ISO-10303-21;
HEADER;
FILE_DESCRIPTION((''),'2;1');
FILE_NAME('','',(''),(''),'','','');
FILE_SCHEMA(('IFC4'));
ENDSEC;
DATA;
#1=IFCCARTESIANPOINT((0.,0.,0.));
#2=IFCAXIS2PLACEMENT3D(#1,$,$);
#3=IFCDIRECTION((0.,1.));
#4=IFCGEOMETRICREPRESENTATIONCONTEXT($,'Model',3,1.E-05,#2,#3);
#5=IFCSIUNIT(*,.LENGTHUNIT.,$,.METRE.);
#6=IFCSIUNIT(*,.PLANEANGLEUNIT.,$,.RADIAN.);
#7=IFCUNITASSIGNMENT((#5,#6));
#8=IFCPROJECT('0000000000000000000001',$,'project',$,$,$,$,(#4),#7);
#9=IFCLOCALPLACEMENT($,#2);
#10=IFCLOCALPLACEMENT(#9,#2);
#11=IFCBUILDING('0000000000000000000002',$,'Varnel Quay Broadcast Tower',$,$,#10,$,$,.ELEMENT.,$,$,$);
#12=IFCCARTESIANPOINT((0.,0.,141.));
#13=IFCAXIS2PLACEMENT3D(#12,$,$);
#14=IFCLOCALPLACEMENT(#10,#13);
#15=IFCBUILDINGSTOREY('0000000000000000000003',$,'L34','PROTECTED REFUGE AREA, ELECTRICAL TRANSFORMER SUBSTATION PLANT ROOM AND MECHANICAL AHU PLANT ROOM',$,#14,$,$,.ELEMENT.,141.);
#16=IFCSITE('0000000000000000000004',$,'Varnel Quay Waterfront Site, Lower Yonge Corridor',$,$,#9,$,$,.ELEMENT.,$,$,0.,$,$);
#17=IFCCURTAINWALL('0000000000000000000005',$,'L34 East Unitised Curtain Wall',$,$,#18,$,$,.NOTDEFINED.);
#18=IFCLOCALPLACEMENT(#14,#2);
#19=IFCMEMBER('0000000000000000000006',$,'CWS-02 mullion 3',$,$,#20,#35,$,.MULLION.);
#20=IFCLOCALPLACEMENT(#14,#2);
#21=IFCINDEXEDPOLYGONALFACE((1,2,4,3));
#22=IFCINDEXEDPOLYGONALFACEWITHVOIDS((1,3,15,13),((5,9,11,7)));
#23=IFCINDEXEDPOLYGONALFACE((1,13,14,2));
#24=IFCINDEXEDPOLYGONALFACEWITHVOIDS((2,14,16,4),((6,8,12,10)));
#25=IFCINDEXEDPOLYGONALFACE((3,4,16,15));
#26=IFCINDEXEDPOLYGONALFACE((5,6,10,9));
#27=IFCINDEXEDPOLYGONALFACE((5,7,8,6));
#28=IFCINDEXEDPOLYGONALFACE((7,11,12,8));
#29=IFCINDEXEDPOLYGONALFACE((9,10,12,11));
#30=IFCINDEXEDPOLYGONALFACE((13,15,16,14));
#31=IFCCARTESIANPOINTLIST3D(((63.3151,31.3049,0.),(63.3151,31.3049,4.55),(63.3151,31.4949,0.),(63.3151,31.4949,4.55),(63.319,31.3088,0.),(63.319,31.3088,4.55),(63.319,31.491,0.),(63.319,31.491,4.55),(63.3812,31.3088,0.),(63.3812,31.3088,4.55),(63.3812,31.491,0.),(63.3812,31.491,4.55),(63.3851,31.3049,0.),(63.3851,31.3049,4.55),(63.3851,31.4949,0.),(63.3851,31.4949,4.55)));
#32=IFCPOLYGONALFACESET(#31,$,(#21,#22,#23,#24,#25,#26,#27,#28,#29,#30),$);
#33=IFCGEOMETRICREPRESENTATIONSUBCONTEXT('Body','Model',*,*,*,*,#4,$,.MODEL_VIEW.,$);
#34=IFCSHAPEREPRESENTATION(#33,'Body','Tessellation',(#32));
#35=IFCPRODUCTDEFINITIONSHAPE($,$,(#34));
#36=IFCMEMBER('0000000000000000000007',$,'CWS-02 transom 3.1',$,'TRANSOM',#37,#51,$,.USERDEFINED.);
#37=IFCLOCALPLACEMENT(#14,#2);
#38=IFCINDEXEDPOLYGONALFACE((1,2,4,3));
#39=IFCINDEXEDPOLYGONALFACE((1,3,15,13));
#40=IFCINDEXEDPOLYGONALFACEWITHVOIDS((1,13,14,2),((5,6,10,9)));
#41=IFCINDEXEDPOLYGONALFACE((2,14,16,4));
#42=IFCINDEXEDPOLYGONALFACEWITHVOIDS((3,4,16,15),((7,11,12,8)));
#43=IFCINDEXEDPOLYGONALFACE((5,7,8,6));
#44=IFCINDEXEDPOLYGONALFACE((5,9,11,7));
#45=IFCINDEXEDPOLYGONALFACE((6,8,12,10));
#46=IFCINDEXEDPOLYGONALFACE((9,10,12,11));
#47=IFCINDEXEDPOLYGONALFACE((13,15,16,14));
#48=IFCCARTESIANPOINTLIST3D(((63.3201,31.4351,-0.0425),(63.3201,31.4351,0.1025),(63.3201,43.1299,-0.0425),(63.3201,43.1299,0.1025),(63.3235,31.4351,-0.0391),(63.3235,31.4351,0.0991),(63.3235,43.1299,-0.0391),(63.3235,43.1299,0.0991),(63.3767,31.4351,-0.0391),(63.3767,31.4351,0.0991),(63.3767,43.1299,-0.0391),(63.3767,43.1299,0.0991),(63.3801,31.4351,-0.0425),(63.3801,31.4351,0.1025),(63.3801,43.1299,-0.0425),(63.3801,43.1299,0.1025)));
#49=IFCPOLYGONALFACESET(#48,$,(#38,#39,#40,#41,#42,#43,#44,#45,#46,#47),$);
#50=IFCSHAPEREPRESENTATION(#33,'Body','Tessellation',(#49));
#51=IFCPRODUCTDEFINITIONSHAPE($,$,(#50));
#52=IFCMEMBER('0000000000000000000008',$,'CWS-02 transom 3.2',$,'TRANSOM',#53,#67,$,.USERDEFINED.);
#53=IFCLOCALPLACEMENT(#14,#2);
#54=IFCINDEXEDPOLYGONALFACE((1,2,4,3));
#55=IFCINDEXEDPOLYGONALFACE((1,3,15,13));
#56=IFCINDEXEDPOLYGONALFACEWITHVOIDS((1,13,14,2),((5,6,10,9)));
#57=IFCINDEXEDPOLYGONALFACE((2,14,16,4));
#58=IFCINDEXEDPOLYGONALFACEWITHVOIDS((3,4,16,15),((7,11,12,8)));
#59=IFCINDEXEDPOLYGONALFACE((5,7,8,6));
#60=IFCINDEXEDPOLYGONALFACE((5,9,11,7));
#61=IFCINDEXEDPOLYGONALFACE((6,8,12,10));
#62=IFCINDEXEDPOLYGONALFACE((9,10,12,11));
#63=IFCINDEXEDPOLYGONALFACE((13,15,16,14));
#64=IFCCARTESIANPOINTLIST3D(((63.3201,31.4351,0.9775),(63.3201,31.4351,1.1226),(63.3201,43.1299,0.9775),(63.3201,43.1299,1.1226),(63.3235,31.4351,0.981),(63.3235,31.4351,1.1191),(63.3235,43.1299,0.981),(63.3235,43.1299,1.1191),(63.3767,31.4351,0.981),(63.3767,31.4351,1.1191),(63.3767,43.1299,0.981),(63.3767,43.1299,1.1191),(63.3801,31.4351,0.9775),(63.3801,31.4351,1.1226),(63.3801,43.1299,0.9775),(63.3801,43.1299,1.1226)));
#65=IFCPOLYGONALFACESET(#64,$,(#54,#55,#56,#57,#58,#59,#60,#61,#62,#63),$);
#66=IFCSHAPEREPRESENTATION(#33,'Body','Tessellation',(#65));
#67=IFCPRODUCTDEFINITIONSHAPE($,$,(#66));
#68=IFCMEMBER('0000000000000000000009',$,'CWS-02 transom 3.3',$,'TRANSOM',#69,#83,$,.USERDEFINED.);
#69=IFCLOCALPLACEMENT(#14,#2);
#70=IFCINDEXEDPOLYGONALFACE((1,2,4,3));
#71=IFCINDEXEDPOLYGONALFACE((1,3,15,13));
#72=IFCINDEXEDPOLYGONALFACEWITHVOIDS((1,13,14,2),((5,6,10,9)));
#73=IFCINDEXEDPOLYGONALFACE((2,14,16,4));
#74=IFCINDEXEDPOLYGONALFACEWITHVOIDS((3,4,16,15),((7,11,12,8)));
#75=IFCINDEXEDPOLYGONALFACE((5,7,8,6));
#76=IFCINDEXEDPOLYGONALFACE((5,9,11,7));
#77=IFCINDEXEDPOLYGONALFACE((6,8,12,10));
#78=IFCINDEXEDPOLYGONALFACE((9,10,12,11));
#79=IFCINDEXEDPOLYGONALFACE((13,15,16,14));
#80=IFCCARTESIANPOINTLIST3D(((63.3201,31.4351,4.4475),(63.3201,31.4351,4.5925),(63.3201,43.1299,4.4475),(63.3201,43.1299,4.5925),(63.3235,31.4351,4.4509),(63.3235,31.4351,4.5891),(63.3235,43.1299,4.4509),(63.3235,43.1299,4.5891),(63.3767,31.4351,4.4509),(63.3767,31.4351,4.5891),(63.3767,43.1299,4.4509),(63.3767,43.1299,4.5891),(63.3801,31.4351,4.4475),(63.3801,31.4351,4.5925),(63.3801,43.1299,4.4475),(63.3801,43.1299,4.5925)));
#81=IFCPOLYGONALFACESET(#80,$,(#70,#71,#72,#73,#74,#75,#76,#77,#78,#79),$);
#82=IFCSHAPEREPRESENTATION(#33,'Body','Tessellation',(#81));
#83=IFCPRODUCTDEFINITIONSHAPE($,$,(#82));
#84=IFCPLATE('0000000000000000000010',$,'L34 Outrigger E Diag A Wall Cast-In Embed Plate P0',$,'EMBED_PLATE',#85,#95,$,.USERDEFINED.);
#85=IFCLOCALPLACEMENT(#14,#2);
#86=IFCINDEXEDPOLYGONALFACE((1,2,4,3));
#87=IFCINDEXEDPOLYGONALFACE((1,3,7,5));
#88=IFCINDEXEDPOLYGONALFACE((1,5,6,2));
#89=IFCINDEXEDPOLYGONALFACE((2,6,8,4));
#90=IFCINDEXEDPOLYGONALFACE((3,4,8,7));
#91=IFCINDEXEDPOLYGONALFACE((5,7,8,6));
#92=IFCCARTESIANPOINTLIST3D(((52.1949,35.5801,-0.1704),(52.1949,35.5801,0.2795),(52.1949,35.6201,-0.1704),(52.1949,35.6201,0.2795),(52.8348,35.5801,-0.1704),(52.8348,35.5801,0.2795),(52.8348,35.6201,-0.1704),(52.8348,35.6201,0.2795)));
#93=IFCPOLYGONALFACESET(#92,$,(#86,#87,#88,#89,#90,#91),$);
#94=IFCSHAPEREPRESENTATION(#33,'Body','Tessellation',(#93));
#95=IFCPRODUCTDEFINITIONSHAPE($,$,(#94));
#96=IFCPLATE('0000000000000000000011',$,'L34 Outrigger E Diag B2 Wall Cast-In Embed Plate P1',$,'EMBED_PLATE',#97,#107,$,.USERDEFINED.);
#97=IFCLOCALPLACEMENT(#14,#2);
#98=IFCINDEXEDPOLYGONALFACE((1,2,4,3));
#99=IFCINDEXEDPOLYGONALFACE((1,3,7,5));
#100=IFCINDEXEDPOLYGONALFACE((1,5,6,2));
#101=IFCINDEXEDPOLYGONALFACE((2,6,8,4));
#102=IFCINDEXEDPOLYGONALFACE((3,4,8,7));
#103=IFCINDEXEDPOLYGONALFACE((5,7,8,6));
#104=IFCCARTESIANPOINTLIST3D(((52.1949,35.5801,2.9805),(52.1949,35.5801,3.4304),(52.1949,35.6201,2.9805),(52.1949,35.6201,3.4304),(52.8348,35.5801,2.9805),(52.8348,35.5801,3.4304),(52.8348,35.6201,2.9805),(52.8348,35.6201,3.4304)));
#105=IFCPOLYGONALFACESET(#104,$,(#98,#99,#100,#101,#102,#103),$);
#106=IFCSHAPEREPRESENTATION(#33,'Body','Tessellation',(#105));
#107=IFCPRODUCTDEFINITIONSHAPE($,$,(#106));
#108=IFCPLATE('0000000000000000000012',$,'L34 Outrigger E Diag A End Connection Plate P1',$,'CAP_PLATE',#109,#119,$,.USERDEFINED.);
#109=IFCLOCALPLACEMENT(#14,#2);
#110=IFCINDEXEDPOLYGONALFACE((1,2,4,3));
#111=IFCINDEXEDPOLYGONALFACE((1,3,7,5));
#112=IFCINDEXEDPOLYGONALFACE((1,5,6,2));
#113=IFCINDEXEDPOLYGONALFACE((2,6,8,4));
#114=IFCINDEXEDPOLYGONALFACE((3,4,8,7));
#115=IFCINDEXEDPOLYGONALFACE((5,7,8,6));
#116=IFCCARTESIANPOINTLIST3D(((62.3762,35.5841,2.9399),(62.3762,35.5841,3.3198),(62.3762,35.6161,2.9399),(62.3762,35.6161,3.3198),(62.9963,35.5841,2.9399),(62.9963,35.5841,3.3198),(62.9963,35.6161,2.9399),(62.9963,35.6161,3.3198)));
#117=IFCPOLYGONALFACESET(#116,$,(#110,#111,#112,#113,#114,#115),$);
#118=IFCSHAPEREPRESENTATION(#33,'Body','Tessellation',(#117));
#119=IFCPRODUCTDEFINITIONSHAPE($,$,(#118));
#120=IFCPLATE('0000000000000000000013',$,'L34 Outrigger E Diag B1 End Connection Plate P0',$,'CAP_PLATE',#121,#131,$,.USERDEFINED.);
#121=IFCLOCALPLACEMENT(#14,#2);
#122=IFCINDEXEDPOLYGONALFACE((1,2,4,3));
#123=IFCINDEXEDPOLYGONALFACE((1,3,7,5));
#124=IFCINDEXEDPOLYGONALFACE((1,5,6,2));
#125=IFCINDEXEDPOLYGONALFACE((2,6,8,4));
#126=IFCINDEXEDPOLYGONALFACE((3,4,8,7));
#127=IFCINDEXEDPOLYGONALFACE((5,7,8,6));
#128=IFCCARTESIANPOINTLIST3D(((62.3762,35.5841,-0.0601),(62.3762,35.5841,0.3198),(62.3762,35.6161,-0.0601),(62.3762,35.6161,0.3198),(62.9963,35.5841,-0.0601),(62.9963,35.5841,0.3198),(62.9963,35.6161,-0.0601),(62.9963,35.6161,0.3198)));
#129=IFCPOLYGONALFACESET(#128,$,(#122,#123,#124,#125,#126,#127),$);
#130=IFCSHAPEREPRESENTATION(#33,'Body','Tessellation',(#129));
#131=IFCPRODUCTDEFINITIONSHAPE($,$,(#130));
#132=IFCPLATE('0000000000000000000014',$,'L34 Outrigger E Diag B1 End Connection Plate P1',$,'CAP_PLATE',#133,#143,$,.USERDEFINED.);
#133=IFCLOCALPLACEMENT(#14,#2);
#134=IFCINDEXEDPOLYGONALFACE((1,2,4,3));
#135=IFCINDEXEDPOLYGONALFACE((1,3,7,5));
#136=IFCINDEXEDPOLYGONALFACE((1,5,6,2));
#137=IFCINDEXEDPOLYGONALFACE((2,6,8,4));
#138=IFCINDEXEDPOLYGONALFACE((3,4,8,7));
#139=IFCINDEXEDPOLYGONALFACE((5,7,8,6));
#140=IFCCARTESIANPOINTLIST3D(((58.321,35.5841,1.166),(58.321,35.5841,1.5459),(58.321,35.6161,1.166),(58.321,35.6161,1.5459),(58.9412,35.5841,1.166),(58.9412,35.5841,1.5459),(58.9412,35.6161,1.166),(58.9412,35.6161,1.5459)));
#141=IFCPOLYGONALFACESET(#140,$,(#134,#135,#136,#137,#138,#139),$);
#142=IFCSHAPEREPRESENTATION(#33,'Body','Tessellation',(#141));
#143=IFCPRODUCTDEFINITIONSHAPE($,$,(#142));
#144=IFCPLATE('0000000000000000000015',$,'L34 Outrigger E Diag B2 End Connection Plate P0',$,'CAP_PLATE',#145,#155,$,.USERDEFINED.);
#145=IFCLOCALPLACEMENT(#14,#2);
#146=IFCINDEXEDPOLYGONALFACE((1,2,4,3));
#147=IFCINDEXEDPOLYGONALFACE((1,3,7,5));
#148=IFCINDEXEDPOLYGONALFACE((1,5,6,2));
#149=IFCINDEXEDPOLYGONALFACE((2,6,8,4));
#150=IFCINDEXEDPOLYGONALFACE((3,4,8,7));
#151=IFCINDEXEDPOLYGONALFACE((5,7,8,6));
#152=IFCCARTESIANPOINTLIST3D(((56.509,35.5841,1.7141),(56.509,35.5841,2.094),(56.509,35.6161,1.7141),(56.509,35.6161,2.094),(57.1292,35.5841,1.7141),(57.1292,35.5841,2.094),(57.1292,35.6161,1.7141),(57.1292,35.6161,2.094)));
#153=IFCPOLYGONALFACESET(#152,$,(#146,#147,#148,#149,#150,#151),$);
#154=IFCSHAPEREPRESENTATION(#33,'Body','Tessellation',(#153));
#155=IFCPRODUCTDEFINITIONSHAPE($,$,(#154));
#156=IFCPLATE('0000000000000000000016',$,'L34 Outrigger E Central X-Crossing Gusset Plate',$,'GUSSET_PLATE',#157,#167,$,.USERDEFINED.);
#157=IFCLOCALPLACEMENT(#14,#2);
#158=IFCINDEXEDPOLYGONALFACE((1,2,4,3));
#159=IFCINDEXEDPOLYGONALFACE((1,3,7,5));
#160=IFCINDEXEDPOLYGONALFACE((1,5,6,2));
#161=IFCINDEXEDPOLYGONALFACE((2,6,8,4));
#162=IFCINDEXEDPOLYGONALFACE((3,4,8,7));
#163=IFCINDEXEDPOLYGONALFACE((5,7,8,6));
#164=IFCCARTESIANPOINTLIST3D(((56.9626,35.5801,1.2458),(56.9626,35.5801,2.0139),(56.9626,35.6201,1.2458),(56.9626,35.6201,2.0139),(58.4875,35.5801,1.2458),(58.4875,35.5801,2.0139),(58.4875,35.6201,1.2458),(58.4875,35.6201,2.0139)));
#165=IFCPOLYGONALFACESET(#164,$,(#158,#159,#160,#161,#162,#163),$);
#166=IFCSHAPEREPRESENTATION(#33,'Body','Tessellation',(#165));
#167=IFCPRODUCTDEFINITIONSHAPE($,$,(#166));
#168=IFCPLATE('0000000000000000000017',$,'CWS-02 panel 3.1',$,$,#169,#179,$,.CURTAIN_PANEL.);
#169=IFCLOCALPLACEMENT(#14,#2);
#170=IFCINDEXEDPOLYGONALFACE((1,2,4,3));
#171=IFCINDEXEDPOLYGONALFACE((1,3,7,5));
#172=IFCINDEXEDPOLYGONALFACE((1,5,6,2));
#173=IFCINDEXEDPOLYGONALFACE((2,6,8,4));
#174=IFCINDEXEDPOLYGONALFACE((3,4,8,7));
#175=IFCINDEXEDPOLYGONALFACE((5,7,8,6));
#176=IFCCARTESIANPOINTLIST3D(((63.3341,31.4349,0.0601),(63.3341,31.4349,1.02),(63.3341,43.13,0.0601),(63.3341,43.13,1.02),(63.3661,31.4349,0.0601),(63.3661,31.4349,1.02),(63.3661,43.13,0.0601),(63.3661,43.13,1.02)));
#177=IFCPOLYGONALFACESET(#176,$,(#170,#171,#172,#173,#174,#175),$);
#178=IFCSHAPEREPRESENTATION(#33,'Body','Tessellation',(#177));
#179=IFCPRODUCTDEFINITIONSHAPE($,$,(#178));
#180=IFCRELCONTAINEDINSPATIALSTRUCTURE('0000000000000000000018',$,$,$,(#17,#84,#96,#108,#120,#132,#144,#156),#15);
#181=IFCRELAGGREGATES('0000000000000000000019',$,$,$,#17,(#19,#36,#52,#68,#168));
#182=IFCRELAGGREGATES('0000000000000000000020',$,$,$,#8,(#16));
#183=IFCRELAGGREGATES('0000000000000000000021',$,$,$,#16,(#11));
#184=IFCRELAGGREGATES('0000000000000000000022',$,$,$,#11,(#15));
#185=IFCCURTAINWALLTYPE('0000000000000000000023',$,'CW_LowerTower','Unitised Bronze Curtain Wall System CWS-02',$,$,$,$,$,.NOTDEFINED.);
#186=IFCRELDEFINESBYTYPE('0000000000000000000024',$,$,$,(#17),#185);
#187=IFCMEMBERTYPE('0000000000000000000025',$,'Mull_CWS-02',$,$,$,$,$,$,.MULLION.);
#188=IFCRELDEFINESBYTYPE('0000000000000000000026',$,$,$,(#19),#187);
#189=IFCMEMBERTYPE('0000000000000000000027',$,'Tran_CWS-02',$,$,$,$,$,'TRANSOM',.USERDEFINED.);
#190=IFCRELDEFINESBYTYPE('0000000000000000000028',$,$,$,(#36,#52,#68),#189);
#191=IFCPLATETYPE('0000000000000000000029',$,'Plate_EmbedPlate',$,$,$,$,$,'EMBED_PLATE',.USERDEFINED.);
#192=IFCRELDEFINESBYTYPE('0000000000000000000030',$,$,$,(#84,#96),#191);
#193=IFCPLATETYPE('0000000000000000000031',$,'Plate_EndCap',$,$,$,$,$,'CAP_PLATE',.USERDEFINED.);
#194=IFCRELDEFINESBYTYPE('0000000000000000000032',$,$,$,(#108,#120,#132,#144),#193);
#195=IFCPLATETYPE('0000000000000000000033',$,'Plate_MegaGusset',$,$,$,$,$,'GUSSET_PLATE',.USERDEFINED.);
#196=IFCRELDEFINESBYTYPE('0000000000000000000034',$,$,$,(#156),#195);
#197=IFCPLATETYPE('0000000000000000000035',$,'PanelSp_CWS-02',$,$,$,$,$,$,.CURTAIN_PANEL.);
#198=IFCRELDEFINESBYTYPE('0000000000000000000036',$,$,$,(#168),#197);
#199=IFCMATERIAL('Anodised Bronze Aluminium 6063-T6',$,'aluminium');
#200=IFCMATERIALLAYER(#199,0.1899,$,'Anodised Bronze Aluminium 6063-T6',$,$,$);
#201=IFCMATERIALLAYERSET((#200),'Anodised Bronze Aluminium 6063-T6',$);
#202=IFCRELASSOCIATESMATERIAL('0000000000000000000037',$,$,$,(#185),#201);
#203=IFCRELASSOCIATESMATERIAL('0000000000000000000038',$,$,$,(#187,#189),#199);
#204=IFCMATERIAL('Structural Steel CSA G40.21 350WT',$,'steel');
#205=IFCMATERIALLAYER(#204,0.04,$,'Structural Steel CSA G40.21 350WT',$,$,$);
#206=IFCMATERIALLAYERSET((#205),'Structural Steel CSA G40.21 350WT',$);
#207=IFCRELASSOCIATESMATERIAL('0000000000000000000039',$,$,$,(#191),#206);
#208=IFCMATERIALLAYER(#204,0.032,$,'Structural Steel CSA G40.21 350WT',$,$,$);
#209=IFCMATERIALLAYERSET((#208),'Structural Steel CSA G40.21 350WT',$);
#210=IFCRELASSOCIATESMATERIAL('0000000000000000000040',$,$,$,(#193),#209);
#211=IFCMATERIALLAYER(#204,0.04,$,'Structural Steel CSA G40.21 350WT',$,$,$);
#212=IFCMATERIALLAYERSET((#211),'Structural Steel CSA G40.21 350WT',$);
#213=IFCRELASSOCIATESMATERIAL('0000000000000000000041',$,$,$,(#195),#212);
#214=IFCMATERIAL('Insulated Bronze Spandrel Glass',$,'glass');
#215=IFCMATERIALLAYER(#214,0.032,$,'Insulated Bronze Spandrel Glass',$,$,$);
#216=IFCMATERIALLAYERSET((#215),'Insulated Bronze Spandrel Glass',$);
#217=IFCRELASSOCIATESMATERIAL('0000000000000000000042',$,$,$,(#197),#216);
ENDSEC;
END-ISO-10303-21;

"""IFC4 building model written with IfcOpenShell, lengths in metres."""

from ifc_helpers import new_model, si_unit, direction, frame, origin, origin_2d, place, context, subcontext, project, spatial, rectangle, hollow_rectangle, extrude, source, transform, mapped, material, layer, layer_set, material_profile, profile_set, type_object, type_shapes, element, aggregate, save


model = new_model("IFC4")

# Units and contexts
model_context = context("Model", 3, precision=1e-05, world=origin(), true_north=direction((0.0, 1.0)))
body_context = subcontext(model_context, "Body", "Model", "MODEL_VIEW")
ifc_project = project(units=[si_unit("LENGTHUNIT", "METRE"), si_unit("PLANEANGLEUNIT", "RADIAN")], contexts=[model_context])

# Site, building, storey
site_placement = place(None, origin())
site = spatial("IfcSite", under=ifc_project, at=site_placement, Name="Varnel Quay Waterfront Site, Lower Yonge Corridor", CompositionType="ELEMENT", RefElevation=0.0)
building_placement = place(site_placement, origin())
building = spatial("IfcBuilding", under=site, at=building_placement, Name="Varnel Quay Broadcast Tower", CompositionType="ELEMENT")
storey_placement = place(building_placement, frame((0.0, 0.0, 141.0)))
storey = spatial("IfcBuildingStorey", under=building, at=storey_placement, Name="L34", Description="PROTECTED REFUGE AREA, ELECTRICAL TRANSFORMER SUBSTATION PLANT ROOM AND MECHANICAL AHU PLANT ROOM", CompositionType="ELEMENT", Elevation=141.0)

# Shared definitions
ifc_material_1 = material(Name="Structural Steel CSA G40.21 350WT", Category="steel")

# Curtain wall, members
ifc_material_2 = material(Name="Anodised Bronze Aluminium 6063-T6", Category="aluminium")
ifc_layer_1 = layer(ifc_material_2, 0.1899, Name="Anodised Bronze Aluminium 6063-T6")
ifc_layer_set_1 = layer_set([ifc_layer_1], Name="Anodised Bronze Aluminium 6063-T6")
curtain_wall_type = type_object("IfcCurtainWallType", Name="CW_LowerTower", Description="Unitised Bronze Curtain Wall System CWS-02", PredefinedType="NOTDEFINED", material=ifc_layer_set_1)
curtain_wall_placement = place(storey_placement, origin())
curtain_wall = element("IfcCurtainWall", 1, at=curtain_wall_placement, inside=storey, type_object=curtain_wall_type, Name="L34 East Unitised Curtain Wall", PredefinedType="NOTDEFINED")
ifc_material_profile_1 = material_profile(ifc_material_2, hollow_rectangle(XDim=0.0701, YDim=0.1899, WallThickness=0.0039, at=origin_2d()), Name="ALU70X190X4")
ifc_profile_set_1 = profile_set([ifc_material_profile_1], Name="Anodised Bronze Aluminium 6063-T6")
member_type_1 = type_object("IfcMemberType", Name="Mull_CWS-02", PredefinedType="MULLION", material=ifc_profile_set_1)
shared_shape_1 = source(origin(), body_context, "Body", "SweptSolid", [
    extrude(hollow_rectangle(XDim=0.0701, YDim=0.1899, WallThickness=0.0039, at=origin_2d()), origin(), (0.0, 0.0, 1.0), 4.55),
])
type_shapes(member_type_1, [shared_shape_1])
member_1_placement = place(storey_placement, frame((63.3501, 31.3999, 0.0), z_axis=(0.0, 0.0, 1.0), x_axis=(-1.0, 0.0, 0.0)))
member_1 = element("IfcMember", 2, at=member_1_placement, type_object=member_type_1, Name="CWS-02 mullion 3", PredefinedType="MULLION", context=body_context, shape_type="MappedRepresentation", body=[
    mapped(shared_shape_1, transform((0.0, 0.0, 0.0), x_axis=(1.0, 0.0, 0.0), y_axis=(0.0, 1.0, 0.0), z_axis=(0.0, 0.0, 1.0), scale=1.0)),
])
ifc_material_profile_2 = material_profile(ifc_material_2, hollow_rectangle(XDim=0.0601, YDim=0.145, WallThickness=0.0034, at=origin_2d()), Name="ALU60X145X3.5")
ifc_profile_set_2 = profile_set([ifc_material_profile_2], Name="Anodised Bronze Aluminium 6063-T6")
member_type_2 = type_object("IfcMemberType", Name="Tran_CWS-02", ElementType="TRANSOM", PredefinedType="USERDEFINED", material=ifc_profile_set_2)
shared_shape_2 = source(origin(), body_context, "Body", "SweptSolid", [
    extrude(hollow_rectangle(XDim=0.0601, YDim=0.145, WallThickness=0.0034, at=origin_2d()), origin(), (0.0, 0.0, 1.0), 11.6948),
])
type_shapes(member_type_2, [shared_shape_2])
member_2_placement = place(storey_placement, frame((63.3501, 31.4351, 0.03), z_axis=(0.0, 1.0, 0.0), x_axis=(-1.0, 0.0, 0.0)))
member_2 = element("IfcMember", 3, at=member_2_placement, type_object=member_type_2, Name="CWS-02 transom 3.1", ObjectType="TRANSOM", PredefinedType="USERDEFINED", context=body_context, shape_type="MappedRepresentation", body=[
    mapped(shared_shape_2, transform((0.0, 0.0, 0.0), x_axis=(1.0, 0.0, 0.0), y_axis=(0.0, 1.0, 0.0), z_axis=(0.0, 0.0, 1.0), scale=1.0)),
])
member_3_placement = place(storey_placement, frame((63.3501, 31.4351, 1.05), z_axis=(0.0, 1.0, 0.0), x_axis=(-1.0, 0.0, 0.0)))
member_3 = element("IfcMember", 4, at=member_3_placement, type_object=member_type_2, Name="CWS-02 transom 3.2", ObjectType="TRANSOM", PredefinedType="USERDEFINED", context=body_context, shape_type="MappedRepresentation", body=[
    mapped(shared_shape_2, transform((0.0, 0.0, 0.0), x_axis=(1.0, 0.0, 0.0), y_axis=(0.0, 1.0, 0.0), z_axis=(0.0, 0.0, 1.0), scale=1.0)),
])
member_4_placement = place(storey_placement, frame((63.3501, 31.4351, 4.52), z_axis=(0.0, 1.0, 0.0), x_axis=(-1.0, 0.0, 0.0)))
member_4 = element("IfcMember", 5, at=member_4_placement, type_object=member_type_2, Name="CWS-02 transom 3.3", ObjectType="TRANSOM", PredefinedType="USERDEFINED", context=body_context, shape_type="MappedRepresentation", body=[
    mapped(shared_shape_2, transform((0.0, 0.0, 0.0), x_axis=(1.0, 0.0, 0.0), y_axis=(0.0, 1.0, 0.0), z_axis=(0.0, 0.0, 1.0), scale=1.0)),
])

# Plates
ifc_layer_2 = layer(ifc_material_1, 0.04, Name="Structural Steel CSA G40.21 350WT")
ifc_layer_set_2 = layer_set([ifc_layer_2], Name="Structural Steel CSA G40.21 350WT")
plate_type_1 = type_object("IfcPlateType", Name="Plate_EmbedPlate", ElementType="EMBED_PLATE", PredefinedType="USERDEFINED", material=ifc_layer_set_2)
shared_shape_3 = source(origin(), body_context, "Body", "SweptSolid", [
    extrude(rectangle(XDim=0.6399, YDim=0.04, at=origin_2d()), origin(), (0.0, 0.0, 1.0), 0.45),
])
type_shapes(plate_type_1, [shared_shape_3])
for number, where, z_axis, x_axis, name in (
    (6, (52.5149, 35.6001, -0.1704), (0.0, 0.0, 1.0), (1.0, 0.0, 0.0), "L34 Outrigger E Diag A Wall Cast-In Embed Plate P0"),
    (7, (52.5149, 35.6001, 2.9805), (0.0, 0.0, 1.0), (1.0, 0.0, 0.0), "L34 Outrigger E Diag B2 Wall Cast-In Embed Plate P1"),
):
    element("IfcPlate", number, at=place(storey_placement, frame(where, z_axis=z_axis, x_axis=x_axis)), inside=storey, type_object=plate_type_1, Name=name, ObjectType="EMBED_PLATE", PredefinedType="USERDEFINED", context=body_context, shape_type="MappedRepresentation", body=[
        mapped(shared_shape_3, transform((0.0, 0.0, 0.0), x_axis=(1.0, 0.0, 0.0), y_axis=(0.0, 1.0, 0.0), z_axis=(0.0, 0.0, 1.0), scale=1.0)),
    ])
ifc_layer_3 = layer(ifc_material_1, 0.032, Name="Structural Steel CSA G40.21 350WT")
ifc_layer_set_3 = layer_set([ifc_layer_3], Name="Structural Steel CSA G40.21 350WT")
plate_type_2 = type_object("IfcPlateType", Name="Plate_EndCap", ElementType="CAP_PLATE", PredefinedType="USERDEFINED", material=ifc_layer_set_3)
shared_shape_4 = source(origin(), body_context, "Body", "SweptSolid", [
    extrude(rectangle(XDim=0.6201, YDim=0.032, at=origin_2d()), origin(), (0.0, 0.0, 1.0), 0.3799),
])
type_shapes(plate_type_2, [shared_shape_4])
for number, where, z_axis, x_axis, name in (
    (8, (62.6863, 35.6001, 2.9399), (0.0, 0.0, 1.0), (1.0, 0.0, 0.0), "L34 Outrigger E Diag A End Connection Plate P1"),
    (9, (62.6863, 35.6001, -0.0601), (0.0, 0.0, 1.0), (1.0, 0.0, 0.0), "L34 Outrigger E Diag B1 End Connection Plate P0"),
    (10, (58.6311, 35.6001, 1.166), (0.0, 0.0, 1.0), (1.0, 0.0, 0.0), "L34 Outrigger E Diag B1 End Connection Plate P1"),
    (11, (56.8191, 35.6001, 1.7141), (0.0, 0.0, 1.0), (1.0, 0.0, 0.0), "L34 Outrigger E Diag B2 End Connection Plate P0"),
):
    element("IfcPlate", number, at=place(storey_placement, frame(where, z_axis=z_axis, x_axis=x_axis)), inside=storey, type_object=plate_type_2, Name=name, ObjectType="CAP_PLATE", PredefinedType="USERDEFINED", context=body_context, shape_type="MappedRepresentation", body=[
        mapped(shared_shape_4, transform((0.0, 0.0, 0.0), x_axis=(1.0, 0.0, 0.0), y_axis=(0.0, 1.0, 0.0), z_axis=(0.0, 0.0, 1.0), scale=1.0)),
    ])
ifc_layer_4 = layer(ifc_material_1, 0.04, Name="Structural Steel CSA G40.21 350WT")
ifc_layer_set_4 = layer_set([ifc_layer_4], Name="Structural Steel CSA G40.21 350WT")
plate_type_3 = type_object("IfcPlateType", Name="Plate_MegaGusset", ElementType="GUSSET_PLATE", PredefinedType="USERDEFINED", material=ifc_layer_set_4)
shared_shape_5 = source(origin(), body_context, "Body", "SweptSolid", [
    extrude(rectangle(XDim=1.5249, YDim=0.04, at=origin_2d()), origin(), (0.0, 0.0, 1.0), 0.7681),
])
type_shapes(plate_type_3, [shared_shape_5])
plate_1_placement = place(storey_placement, frame((57.7251, 35.6001, 1.2458), z_axis=(0.0, 0.0, 1.0), x_axis=(1.0, 0.0, 0.0)))
element("IfcPlate", 12, at=plate_1_placement, inside=storey, type_object=plate_type_3, Name="L34 Outrigger E Central X-Crossing Gusset Plate", ObjectType="GUSSET_PLATE", PredefinedType="USERDEFINED", context=body_context, shape_type="MappedRepresentation", body=[
    mapped(shared_shape_5, transform((0.0, 0.0, 0.0), x_axis=(1.0, 0.0, 0.0), y_axis=(0.0, 1.0, 0.0), z_axis=(0.0, 0.0, 1.0), scale=1.0)),
])

# Plate
ifc_material_3 = material(Name="Insulated Bronze Spandrel Glass", Category="glass")
ifc_layer_5 = layer(ifc_material_3, 0.032, Name="Insulated Bronze Spandrel Glass")
ifc_layer_set_5 = layer_set([ifc_layer_5], Name="Insulated Bronze Spandrel Glass")
plate_type_4 = type_object("IfcPlateType", Name="PanelSp_CWS-02", PredefinedType="CURTAIN_PANEL", material=ifc_layer_set_5)
shared_shape_6 = source(origin(), body_context, "Body", "SweptSolid", [
    extrude(rectangle(XDim=11.6951, YDim=0.032, at=origin_2d()), origin(), (0.0, 0.0, 1.0), 0.96),
])
plate_2_placement = place(storey_placement, frame((63.3501, 37.2825, 0.0601), z_axis=(0.0, 0.0, 1.0), x_axis=(0.0, 1.0, 0.0)))
plate_2 = element("IfcPlate", 13, at=plate_2_placement, type_object=plate_type_4, Name="CWS-02 panel 3.1", PredefinedType="CURTAIN_PANEL", context=body_context, shape_type="MappedRepresentation", body=[
    mapped(shared_shape_6, transform((0.0, 0.0, 0.0), x_axis=(1.0, 0.0, 0.0), y_axis=(0.0, 1.0, 0.0), z_axis=(0.0, 0.0, 1.0), scale=1.0)),
])
aggregate(curtain_wall, [member_1, member_2, member_3, member_4, plate_2])

save(model, "model.ifc")
